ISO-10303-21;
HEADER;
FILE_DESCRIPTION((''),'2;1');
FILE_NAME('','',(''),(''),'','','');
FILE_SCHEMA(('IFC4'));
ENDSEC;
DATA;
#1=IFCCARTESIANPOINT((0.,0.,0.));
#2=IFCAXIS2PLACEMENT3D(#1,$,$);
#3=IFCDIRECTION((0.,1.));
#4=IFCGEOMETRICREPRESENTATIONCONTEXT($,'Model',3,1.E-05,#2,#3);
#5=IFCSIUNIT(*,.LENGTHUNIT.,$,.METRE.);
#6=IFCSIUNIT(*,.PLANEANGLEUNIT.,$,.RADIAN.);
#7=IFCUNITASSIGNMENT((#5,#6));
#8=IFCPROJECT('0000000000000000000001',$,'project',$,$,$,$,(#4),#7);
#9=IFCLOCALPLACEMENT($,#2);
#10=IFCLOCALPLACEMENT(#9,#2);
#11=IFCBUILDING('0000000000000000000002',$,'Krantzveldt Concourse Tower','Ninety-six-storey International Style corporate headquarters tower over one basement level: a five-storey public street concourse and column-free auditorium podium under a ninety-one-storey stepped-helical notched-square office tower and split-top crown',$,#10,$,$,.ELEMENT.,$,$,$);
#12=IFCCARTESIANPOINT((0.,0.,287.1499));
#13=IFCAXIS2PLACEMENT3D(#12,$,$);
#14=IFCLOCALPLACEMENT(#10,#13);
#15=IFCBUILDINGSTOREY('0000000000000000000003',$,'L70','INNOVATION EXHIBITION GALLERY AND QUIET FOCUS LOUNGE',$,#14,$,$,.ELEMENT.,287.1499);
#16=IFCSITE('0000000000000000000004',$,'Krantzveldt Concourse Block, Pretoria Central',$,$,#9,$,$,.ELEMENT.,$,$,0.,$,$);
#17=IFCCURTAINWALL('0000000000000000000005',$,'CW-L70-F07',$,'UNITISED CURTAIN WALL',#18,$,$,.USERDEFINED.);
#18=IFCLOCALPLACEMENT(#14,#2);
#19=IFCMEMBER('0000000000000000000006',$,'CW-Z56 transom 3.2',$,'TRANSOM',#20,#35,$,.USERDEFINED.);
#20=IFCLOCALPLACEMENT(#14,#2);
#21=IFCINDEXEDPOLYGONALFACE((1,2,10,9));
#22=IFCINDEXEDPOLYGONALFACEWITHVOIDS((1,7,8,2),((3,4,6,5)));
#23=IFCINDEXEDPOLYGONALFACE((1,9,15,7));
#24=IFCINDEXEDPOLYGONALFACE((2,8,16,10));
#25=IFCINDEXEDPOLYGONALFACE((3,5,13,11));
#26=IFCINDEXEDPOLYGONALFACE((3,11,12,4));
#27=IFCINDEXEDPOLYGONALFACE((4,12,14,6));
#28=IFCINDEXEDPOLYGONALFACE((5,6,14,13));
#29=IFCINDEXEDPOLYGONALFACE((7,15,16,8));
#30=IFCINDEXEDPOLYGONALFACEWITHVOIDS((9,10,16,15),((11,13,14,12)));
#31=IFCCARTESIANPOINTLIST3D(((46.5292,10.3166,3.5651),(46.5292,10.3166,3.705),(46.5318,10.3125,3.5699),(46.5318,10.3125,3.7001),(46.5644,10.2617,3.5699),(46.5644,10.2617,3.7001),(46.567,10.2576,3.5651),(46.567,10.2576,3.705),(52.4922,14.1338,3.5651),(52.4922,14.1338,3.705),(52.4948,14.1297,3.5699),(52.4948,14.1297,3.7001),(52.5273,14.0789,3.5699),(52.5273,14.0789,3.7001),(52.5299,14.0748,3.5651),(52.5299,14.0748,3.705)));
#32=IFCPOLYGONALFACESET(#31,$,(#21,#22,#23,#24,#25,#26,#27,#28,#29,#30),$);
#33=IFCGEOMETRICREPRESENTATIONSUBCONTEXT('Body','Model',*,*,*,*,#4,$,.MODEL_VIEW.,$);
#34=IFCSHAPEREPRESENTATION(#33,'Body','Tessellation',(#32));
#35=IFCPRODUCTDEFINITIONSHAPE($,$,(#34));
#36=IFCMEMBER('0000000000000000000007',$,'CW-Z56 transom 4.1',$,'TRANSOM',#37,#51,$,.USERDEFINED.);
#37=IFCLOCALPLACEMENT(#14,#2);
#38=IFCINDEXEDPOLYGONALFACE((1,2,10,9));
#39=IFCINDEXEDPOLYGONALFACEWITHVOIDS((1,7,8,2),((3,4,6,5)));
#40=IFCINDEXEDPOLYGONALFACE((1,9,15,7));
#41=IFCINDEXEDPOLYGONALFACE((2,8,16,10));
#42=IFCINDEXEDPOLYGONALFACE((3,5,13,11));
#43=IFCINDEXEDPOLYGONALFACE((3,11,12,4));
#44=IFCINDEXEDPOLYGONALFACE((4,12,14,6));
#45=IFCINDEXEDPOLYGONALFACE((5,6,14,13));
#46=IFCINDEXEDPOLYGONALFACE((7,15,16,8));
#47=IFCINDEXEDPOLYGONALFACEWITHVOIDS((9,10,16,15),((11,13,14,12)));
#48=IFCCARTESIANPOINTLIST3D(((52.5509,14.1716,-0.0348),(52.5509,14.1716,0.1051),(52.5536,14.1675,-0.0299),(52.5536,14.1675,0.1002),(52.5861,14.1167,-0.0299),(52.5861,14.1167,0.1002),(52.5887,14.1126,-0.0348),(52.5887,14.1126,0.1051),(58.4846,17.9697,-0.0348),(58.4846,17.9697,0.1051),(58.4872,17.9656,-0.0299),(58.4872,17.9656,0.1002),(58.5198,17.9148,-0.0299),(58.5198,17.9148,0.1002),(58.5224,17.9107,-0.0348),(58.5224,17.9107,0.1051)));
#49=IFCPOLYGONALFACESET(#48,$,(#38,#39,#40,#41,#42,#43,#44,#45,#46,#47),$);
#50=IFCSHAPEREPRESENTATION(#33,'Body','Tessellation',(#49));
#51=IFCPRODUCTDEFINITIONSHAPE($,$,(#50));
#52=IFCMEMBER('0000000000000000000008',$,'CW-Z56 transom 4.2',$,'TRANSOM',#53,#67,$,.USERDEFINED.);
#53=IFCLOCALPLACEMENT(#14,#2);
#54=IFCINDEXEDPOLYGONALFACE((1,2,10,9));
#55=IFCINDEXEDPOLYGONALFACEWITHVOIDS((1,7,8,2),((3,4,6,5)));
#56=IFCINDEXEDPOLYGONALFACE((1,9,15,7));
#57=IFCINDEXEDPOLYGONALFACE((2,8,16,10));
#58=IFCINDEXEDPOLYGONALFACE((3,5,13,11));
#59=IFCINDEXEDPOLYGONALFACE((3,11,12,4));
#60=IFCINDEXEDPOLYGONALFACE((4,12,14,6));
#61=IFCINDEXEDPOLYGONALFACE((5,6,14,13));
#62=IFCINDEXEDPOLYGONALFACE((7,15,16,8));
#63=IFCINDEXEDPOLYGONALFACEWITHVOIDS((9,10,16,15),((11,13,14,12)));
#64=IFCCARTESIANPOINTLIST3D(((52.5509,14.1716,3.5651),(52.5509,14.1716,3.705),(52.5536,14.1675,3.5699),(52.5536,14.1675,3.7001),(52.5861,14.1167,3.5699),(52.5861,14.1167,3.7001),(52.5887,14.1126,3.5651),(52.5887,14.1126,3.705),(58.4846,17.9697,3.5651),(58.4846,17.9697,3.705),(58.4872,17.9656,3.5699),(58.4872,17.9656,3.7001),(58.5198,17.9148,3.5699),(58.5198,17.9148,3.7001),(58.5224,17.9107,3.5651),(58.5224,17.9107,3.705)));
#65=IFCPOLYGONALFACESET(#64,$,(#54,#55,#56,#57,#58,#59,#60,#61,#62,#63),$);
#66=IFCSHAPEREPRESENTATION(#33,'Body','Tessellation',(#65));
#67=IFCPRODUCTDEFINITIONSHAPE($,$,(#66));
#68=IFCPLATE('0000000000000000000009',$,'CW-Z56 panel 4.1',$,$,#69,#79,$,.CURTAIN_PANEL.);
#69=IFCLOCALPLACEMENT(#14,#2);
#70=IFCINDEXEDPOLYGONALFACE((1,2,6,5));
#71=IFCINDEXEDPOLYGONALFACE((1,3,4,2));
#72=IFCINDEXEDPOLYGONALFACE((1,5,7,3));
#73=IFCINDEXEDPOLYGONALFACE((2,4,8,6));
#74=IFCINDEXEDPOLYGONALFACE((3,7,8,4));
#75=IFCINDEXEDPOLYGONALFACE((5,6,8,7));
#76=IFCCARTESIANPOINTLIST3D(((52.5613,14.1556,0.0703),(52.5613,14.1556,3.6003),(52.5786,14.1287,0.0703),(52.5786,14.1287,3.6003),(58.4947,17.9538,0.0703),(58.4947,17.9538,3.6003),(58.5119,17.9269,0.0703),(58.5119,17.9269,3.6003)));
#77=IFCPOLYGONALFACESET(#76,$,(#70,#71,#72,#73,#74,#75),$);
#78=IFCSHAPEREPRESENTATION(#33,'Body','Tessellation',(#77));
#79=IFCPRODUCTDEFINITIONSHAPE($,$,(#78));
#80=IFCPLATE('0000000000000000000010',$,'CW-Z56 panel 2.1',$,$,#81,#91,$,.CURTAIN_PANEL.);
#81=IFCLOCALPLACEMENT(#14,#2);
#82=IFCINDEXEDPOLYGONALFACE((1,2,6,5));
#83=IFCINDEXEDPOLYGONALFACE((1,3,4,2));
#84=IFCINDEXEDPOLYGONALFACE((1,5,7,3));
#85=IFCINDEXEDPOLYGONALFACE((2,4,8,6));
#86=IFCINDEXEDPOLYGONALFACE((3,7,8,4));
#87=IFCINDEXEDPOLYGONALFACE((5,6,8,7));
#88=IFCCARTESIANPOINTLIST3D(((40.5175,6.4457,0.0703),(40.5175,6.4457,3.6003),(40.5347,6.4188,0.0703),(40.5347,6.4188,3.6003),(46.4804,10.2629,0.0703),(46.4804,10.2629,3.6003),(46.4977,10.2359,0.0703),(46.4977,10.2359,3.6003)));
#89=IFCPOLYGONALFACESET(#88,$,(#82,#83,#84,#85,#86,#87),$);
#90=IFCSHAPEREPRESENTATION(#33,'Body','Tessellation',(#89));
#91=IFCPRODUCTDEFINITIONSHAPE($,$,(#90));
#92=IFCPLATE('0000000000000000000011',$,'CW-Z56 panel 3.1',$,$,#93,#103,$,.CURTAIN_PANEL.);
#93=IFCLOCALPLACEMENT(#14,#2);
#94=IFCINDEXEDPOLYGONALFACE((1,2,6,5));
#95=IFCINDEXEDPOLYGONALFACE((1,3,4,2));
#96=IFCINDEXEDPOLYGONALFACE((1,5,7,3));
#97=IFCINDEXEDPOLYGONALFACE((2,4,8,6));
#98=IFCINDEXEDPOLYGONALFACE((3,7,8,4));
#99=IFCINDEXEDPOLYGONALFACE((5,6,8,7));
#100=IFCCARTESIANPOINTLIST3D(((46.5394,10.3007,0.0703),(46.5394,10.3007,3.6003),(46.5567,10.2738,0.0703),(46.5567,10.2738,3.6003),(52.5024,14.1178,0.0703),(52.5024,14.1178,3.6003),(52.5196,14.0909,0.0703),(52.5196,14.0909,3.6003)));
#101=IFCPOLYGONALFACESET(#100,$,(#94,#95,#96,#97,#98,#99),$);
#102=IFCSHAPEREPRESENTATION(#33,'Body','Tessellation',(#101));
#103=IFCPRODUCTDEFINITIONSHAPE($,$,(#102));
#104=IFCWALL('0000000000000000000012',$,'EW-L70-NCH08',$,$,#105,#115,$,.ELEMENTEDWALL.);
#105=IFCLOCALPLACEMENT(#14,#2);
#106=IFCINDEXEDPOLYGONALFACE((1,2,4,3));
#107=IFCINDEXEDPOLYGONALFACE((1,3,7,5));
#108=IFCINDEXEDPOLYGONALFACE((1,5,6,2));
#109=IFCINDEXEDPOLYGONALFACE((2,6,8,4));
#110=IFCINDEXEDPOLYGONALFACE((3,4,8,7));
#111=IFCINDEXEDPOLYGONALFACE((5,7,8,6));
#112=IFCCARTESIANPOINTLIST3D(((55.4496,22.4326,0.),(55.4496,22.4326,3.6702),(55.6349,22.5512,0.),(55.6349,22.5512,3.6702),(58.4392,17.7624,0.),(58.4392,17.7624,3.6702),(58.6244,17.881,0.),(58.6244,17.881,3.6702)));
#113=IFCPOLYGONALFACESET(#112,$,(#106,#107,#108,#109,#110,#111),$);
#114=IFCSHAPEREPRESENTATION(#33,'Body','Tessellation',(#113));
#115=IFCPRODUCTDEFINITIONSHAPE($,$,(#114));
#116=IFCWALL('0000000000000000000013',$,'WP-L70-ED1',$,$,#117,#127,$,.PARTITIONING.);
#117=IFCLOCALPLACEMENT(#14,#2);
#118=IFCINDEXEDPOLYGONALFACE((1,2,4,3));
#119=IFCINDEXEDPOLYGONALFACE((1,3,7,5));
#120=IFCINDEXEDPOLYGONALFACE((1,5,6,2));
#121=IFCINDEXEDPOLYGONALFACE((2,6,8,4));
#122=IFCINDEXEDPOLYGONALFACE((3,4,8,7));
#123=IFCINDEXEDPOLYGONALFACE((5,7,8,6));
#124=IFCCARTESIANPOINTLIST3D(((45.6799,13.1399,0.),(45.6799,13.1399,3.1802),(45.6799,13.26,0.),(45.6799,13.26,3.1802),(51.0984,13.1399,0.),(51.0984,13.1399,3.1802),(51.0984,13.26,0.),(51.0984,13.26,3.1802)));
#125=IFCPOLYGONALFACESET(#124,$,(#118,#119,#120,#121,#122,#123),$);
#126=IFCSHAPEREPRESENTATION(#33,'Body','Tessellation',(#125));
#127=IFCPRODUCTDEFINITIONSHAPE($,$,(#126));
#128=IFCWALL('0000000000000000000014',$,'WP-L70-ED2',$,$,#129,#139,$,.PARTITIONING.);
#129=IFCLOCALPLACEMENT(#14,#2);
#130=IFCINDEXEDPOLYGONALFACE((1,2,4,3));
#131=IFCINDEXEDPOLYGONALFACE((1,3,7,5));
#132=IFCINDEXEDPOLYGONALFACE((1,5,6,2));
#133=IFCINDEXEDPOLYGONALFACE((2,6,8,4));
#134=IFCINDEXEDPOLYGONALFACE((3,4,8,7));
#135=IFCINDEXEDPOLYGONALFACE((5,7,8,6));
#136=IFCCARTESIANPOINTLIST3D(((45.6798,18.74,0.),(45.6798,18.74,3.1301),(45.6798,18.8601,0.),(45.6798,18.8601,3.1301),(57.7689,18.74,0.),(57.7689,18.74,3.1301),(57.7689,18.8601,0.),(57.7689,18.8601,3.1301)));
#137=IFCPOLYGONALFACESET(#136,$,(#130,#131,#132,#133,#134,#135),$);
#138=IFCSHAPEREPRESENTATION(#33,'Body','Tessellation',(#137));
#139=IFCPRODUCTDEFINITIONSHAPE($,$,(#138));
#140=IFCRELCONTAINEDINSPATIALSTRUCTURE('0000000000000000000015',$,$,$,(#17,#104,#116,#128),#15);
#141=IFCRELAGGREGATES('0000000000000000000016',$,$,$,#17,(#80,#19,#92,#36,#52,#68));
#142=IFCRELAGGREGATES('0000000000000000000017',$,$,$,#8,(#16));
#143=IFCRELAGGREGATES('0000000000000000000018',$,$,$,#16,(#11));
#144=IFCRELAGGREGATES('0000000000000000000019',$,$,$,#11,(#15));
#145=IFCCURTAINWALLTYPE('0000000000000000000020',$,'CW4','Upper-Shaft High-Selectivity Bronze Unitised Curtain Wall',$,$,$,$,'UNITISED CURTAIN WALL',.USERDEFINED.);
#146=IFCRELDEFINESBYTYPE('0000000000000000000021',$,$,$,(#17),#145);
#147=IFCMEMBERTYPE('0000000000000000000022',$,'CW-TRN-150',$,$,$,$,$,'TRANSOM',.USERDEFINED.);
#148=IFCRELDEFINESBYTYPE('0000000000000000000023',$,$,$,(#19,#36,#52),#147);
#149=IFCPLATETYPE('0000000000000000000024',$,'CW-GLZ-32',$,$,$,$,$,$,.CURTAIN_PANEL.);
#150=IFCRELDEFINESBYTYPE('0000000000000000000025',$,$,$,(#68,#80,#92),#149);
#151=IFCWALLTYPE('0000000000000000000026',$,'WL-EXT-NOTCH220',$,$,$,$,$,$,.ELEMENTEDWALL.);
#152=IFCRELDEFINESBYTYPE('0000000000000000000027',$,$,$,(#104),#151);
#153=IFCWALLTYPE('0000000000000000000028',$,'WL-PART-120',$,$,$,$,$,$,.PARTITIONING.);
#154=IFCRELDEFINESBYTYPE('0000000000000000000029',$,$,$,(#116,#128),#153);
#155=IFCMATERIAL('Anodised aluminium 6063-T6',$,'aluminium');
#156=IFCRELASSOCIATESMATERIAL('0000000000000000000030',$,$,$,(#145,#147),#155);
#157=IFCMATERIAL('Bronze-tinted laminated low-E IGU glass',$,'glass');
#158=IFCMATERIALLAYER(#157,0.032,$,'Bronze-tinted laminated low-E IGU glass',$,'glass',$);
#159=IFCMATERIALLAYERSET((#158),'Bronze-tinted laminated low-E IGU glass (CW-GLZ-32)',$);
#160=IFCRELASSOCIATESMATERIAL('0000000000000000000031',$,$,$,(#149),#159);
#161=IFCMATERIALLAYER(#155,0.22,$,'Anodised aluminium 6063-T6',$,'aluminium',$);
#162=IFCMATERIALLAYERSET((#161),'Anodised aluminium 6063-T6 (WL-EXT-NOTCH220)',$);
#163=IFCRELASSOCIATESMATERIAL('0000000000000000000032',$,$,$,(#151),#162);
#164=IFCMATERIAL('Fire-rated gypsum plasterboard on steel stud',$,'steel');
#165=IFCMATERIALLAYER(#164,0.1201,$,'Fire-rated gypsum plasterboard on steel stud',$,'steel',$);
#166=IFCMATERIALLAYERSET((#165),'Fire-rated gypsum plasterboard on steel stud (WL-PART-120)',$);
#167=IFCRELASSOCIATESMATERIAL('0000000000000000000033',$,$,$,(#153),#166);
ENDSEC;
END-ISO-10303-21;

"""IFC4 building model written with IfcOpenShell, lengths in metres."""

from ifc_helpers import new_model, si_unit, direction, frame, frame_2d, origin, origin_2d, place, context, subcontext, project, spatial, rectangle, hollow_rectangle, extrude, source, transform, mapped, material, layer, layer_set, material_profile, profile_set, type_object, type_shapes, element, aggregate, save


model = new_model("IFC4")

# Units and contexts
model_context = context("Model", 3, precision=1e-05, world=origin(), true_north=direction((0.0, 1.0)))
body_context = subcontext(model_context, "Body", "Model", "MODEL_VIEW")
ifc_project = project(units=[si_unit("LENGTHUNIT", "METRE"), si_unit("PLANEANGLEUNIT", "RADIAN")], contexts=[model_context])

# Site, building, storey
site_placement = place(None, origin())
site = spatial("IfcSite", under=ifc_project, at=site_placement, Name="Krantzveldt Concourse Block, Pretoria Central", CompositionType="ELEMENT", RefElevation=0.0)
building_placement = place(site_placement, origin())
building = spatial("IfcBuilding", under=site, at=building_placement, Name="Krantzveldt Concourse Tower", Description="Ninety-six-storey International Style corporate headquarters tower over one basement level: a five-storey public street concourse and column-free auditorium podium under a ninety-one-storey stepped-helical notched-square office tower and split-top crown", CompositionType="ELEMENT")
storey_placement = place(building_placement, frame((0.0, 0.0, 287.1499)))
storey = spatial("IfcBuildingStorey", under=building, at=storey_placement, Name="L70", Description="INNOVATION EXHIBITION GALLERY AND QUIET FOCUS LOUNGE", CompositionType="ELEMENT", Elevation=287.1499)

# Curtain wall, members, plates
ifc_material_1 = material(Name="Anodised aluminium 6063-T6", Category="aluminium")
curtain_wall_type = type_object("IfcCurtainWallType", Name="CW4", Description="Upper-Shaft High-Selectivity Bronze Unitised Curtain Wall", ElementType="UNITISED CURTAIN WALL", PredefinedType="USERDEFINED", material=ifc_material_1)
curtain_wall_placement = place(storey_placement, origin())
curtain_wall = element("IfcCurtainWall", 1, at=curtain_wall_placement, inside=storey, type_object=curtain_wall_type, Name="CW-L70-F07", ObjectType="UNITISED CURTAIN WALL", PredefinedType="USERDEFINED")
ifc_material_profile_1 = material_profile(ifc_material_1, hollow_rectangle(XDim=0.0701, YDim=0.1399, WallThickness=0.0049, at=origin_2d()), Name="Anodised aluminium 6063-T6", Category="aluminium")
ifc_profile_set_1 = profile_set([ifc_material_profile_1], Name="Anodised aluminium 6063-T6 - ALU-TRAN 140x70x5")
member_type_1 = type_object("IfcMemberType", Name="CW-TRN-150", ElementType="TRANSOM", PredefinedType="USERDEFINED", material=ifc_profile_set_1)
shared_shape_1 = source(origin(), body_context, "Body", "SweptSolid", [
    extrude(hollow_rectangle(XDim=0.0701, YDim=0.1399, WallThickness=0.0049, at=origin_2d()), origin(), (0.0, 0.0, 1.0), 7.0801),
])
member_1_placement = place(storey_placement, frame((46.5481, 10.2871, 3.635), z_axis=(0.842214, 0.539143, 0.0), x_axis=(-0.539143, 0.842214, 0.0)))
member_1 = element("IfcMember", 2, at=member_1_placement, type_object=member_type_1, Name="CW-Z56 transom 3.2", ObjectType="TRANSOM", PredefinedType="USERDEFINED", context=body_context, shape_type="MappedRepresentation", body=[
    mapped(shared_shape_1, transform((0.0, 0.0, 0.0), x_axis=(1.0, 0.0, 0.0), y_axis=(0.0, 1.0, 0.0), z_axis=(0.0, 0.0, 1.0), scale=1.0)),
])
shared_shape_2 = source(origin(), body_context, "Body", "SweptSolid", [
    extrude(hollow_rectangle(XDim=0.0701, YDim=0.1399, WallThickness=0.0049, at=origin_2d()), origin(), (0.0, 0.0, 1.0), 7.0452),
])
type_shapes(member_type_1, [shared_shape_1, shared_shape_2])
member_2_placement = place(storey_placement, frame((52.5698, 14.1421, 0.0352), z_axis=(0.842233, 0.539114, 0.0), x_axis=(-0.539114, 0.842233, 0.0)))
member_2 = element("IfcMember", 3, at=member_2_placement, type_object=member_type_1, Name="CW-Z56 transom 4.1", ObjectType="TRANSOM", PredefinedType="USERDEFINED", context=body_context, shape_type="MappedRepresentation", body=[
    mapped(shared_shape_2, transform((0.0, 0.0, 0.0), x_axis=(1.0, 0.0, 0.0), y_axis=(0.0, 1.0, 0.0), z_axis=(0.0, 0.0, 1.0), scale=1.0)),
])
member_3_placement = place(storey_placement, frame((52.5698, 14.1421, 3.635), z_axis=(0.842233, 0.539114, 0.0), x_axis=(-0.539114, 0.842233, 0.0)))
member_3 = element("IfcMember", 4, at=member_3_placement, type_object=member_type_1, Name="CW-Z56 transom 4.2", ObjectType="TRANSOM", PredefinedType="USERDEFINED", context=body_context, shape_type="MappedRepresentation", body=[
    mapped(shared_shape_2, transform((0.0, 0.0, 0.0), x_axis=(1.0, 0.0, 0.0), y_axis=(0.0, 1.0, 0.0), z_axis=(0.0, 0.0, 1.0), scale=1.0)),
])
ifc_material_2 = material(Name="Bronze-tinted laminated low-E IGU glass", Category="glass")
ifc_layer_1 = layer(ifc_material_2, 0.032, Name="Bronze-tinted laminated low-E IGU glass", Category="glass")
ifc_layer_set_1 = layer_set([ifc_layer_1], Name="Bronze-tinted laminated low-E IGU glass (CW-GLZ-32)")
plate_type = type_object("IfcPlateType", Name="CW-GLZ-32", PredefinedType="CURTAIN_PANEL", material=ifc_layer_set_1)
shared_shape_3 = source(origin(), body_context, "Body", "SweptSolid", [
    extrude(rectangle(XDim=7.0449, YDim=0.032, at=origin_2d()), origin(), (0.0, 0.0, 1.0), 3.53),
])
plate_1_placement = place(storey_placement, frame((55.5366, 16.0413, 0.0703), z_axis=(0.0, 0.0, 1.0), x_axis=(0.842217, 0.539138, 0.0)))
plate_1 = element("IfcPlate", 5, at=plate_1_placement, type_object=plate_type, Name="CW-Z56 panel 4.1", PredefinedType="CURTAIN_PANEL", context=body_context, shape_type="MappedRepresentation", body=[
    mapped(shared_shape_3, transform((0.0, 0.0, 0.0), x_axis=(1.0, 0.0, 0.0), y_axis=(0.0, 1.0, 0.0), z_axis=(0.0, 0.0, 1.0), scale=1.0)),
])
shared_shape_4 = source(origin(), body_context, "Body", "SweptSolid", [
    extrude(rectangle(XDim=7.0801, YDim=0.032, at=origin_2d()), origin(), (0.0, 0.0, 1.0), 3.53),
])
type_shapes(plate_type, [shared_shape_3, shared_shape_4])
plate_2_placement = place(storey_placement, frame((43.5076, 8.3408, 0.0703), z_axis=(0.0, 0.0, 1.0), x_axis=(0.842217, 0.539138, 0.0)))
plate_2 = element("IfcPlate", 6, at=plate_2_placement, type_object=plate_type, Name="CW-Z56 panel 2.1", PredefinedType="CURTAIN_PANEL", context=body_context, shape_type="MappedRepresentation", body=[
    mapped(shared_shape_4, transform((0.0, 0.0, 0.0), x_axis=(1.0, 0.0, 0.0), y_axis=(0.0, 1.0, 0.0), z_axis=(0.0, 0.0, 1.0), scale=1.0)),
])
plate_3_placement = place(storey_placement, frame((49.5295, 12.1958, 0.0703), z_axis=(0.0, 0.0, 1.0), x_axis=(0.842217, 0.539138, 0.0)))
plate_3 = element("IfcPlate", 7, at=plate_3_placement, type_object=plate_type, Name="CW-Z56 panel 3.1", PredefinedType="CURTAIN_PANEL", context=body_context, shape_type="MappedRepresentation", body=[
    mapped(shared_shape_4, transform((0.0, 0.0, 0.0), x_axis=(1.0, 0.0, 0.0), y_axis=(0.0, 1.0, 0.0), z_axis=(0.0, 0.0, 1.0), scale=1.0)),
])
aggregate(curtain_wall, [plate_2, member_1, plate_3, member_2, member_3, plate_1])

# Walls
ifc_layer_2 = layer(ifc_material_1, 0.22, Name="Anodised aluminium 6063-T6", Category="aluminium")
ifc_layer_set_2 = layer_set([ifc_layer_2], Name="Anodised aluminium 6063-T6 (WL-EXT-NOTCH220)")
wall_type_1 = type_object("IfcWallType", Name="WL-EXT-NOTCH220", PredefinedType="ELEMENTEDWALL", material=ifc_layer_set_2)
wall_1_placement = place(storey_placement, frame((58.5317, 17.8218, 0.0), z_axis=(0.0, 0.0, 1.0), x_axis=(-0.53913, 0.842223, 0.0)))
element("IfcWall", 8, at=wall_1_placement, inside=storey, type_object=wall_type_1, Name="EW-L70-NCH08", PredefinedType="ELEMENTEDWALL", context=body_context, shape_type="SweptSolid", body=[
    extrude(rectangle(XDim=5.5452, YDim=0.22, at=frame_2d((2.7725, 0.0))), origin(), (0.0, 0.0, 1.0), 3.6702),
])
ifc_material_3 = material(Name="Fire-rated gypsum plasterboard on steel stud", Category="steel")
ifc_layer_3 = layer(ifc_material_3, 0.1201, Name="Fire-rated gypsum plasterboard on steel stud", Category="steel")
ifc_layer_set_3 = layer_set([ifc_layer_3], Name="Fire-rated gypsum plasterboard on steel stud (WL-PART-120)")
wall_type_2 = type_object("IfcWallType", Name="WL-PART-120", PredefinedType="PARTITIONING", material=ifc_layer_set_3)
wall_2_placement = place(storey_placement, frame((45.6799, 13.2, 0.0), z_axis=(0.0, 0.0, 1.0), x_axis=(1.0, 0.0, 0.0)))
element("IfcWall", 9, at=wall_2_placement, inside=storey, type_object=wall_type_2, Name="WP-L70-ED1", PredefinedType="PARTITIONING", context=body_context, shape_type="SweptSolid", body=[
    extrude(rectangle(XDim=5.4185, YDim=0.1201, at=frame_2d((2.7092, 0.0))), origin(), (0.0, 0.0, 1.0), 3.1802),
])
wall_3_placement = place(storey_placement, frame((45.6799, 18.8, 0.0), z_axis=(0.0, 0.0, 1.0), x_axis=(1.0, 0.0, 0.0)))
element("IfcWall", 10, at=wall_3_placement, inside=storey, type_object=wall_type_2, Name="WP-L70-ED2", PredefinedType="PARTITIONING", context=body_context, shape_type="SweptSolid", body=[
    extrude(rectangle(XDim=12.0891, YDim=0.1201, at=frame_2d((6.0444, 0.0))), origin(), (0.0, 0.0, 1.0), 3.1301),
])

save(model, "model.ifc")
